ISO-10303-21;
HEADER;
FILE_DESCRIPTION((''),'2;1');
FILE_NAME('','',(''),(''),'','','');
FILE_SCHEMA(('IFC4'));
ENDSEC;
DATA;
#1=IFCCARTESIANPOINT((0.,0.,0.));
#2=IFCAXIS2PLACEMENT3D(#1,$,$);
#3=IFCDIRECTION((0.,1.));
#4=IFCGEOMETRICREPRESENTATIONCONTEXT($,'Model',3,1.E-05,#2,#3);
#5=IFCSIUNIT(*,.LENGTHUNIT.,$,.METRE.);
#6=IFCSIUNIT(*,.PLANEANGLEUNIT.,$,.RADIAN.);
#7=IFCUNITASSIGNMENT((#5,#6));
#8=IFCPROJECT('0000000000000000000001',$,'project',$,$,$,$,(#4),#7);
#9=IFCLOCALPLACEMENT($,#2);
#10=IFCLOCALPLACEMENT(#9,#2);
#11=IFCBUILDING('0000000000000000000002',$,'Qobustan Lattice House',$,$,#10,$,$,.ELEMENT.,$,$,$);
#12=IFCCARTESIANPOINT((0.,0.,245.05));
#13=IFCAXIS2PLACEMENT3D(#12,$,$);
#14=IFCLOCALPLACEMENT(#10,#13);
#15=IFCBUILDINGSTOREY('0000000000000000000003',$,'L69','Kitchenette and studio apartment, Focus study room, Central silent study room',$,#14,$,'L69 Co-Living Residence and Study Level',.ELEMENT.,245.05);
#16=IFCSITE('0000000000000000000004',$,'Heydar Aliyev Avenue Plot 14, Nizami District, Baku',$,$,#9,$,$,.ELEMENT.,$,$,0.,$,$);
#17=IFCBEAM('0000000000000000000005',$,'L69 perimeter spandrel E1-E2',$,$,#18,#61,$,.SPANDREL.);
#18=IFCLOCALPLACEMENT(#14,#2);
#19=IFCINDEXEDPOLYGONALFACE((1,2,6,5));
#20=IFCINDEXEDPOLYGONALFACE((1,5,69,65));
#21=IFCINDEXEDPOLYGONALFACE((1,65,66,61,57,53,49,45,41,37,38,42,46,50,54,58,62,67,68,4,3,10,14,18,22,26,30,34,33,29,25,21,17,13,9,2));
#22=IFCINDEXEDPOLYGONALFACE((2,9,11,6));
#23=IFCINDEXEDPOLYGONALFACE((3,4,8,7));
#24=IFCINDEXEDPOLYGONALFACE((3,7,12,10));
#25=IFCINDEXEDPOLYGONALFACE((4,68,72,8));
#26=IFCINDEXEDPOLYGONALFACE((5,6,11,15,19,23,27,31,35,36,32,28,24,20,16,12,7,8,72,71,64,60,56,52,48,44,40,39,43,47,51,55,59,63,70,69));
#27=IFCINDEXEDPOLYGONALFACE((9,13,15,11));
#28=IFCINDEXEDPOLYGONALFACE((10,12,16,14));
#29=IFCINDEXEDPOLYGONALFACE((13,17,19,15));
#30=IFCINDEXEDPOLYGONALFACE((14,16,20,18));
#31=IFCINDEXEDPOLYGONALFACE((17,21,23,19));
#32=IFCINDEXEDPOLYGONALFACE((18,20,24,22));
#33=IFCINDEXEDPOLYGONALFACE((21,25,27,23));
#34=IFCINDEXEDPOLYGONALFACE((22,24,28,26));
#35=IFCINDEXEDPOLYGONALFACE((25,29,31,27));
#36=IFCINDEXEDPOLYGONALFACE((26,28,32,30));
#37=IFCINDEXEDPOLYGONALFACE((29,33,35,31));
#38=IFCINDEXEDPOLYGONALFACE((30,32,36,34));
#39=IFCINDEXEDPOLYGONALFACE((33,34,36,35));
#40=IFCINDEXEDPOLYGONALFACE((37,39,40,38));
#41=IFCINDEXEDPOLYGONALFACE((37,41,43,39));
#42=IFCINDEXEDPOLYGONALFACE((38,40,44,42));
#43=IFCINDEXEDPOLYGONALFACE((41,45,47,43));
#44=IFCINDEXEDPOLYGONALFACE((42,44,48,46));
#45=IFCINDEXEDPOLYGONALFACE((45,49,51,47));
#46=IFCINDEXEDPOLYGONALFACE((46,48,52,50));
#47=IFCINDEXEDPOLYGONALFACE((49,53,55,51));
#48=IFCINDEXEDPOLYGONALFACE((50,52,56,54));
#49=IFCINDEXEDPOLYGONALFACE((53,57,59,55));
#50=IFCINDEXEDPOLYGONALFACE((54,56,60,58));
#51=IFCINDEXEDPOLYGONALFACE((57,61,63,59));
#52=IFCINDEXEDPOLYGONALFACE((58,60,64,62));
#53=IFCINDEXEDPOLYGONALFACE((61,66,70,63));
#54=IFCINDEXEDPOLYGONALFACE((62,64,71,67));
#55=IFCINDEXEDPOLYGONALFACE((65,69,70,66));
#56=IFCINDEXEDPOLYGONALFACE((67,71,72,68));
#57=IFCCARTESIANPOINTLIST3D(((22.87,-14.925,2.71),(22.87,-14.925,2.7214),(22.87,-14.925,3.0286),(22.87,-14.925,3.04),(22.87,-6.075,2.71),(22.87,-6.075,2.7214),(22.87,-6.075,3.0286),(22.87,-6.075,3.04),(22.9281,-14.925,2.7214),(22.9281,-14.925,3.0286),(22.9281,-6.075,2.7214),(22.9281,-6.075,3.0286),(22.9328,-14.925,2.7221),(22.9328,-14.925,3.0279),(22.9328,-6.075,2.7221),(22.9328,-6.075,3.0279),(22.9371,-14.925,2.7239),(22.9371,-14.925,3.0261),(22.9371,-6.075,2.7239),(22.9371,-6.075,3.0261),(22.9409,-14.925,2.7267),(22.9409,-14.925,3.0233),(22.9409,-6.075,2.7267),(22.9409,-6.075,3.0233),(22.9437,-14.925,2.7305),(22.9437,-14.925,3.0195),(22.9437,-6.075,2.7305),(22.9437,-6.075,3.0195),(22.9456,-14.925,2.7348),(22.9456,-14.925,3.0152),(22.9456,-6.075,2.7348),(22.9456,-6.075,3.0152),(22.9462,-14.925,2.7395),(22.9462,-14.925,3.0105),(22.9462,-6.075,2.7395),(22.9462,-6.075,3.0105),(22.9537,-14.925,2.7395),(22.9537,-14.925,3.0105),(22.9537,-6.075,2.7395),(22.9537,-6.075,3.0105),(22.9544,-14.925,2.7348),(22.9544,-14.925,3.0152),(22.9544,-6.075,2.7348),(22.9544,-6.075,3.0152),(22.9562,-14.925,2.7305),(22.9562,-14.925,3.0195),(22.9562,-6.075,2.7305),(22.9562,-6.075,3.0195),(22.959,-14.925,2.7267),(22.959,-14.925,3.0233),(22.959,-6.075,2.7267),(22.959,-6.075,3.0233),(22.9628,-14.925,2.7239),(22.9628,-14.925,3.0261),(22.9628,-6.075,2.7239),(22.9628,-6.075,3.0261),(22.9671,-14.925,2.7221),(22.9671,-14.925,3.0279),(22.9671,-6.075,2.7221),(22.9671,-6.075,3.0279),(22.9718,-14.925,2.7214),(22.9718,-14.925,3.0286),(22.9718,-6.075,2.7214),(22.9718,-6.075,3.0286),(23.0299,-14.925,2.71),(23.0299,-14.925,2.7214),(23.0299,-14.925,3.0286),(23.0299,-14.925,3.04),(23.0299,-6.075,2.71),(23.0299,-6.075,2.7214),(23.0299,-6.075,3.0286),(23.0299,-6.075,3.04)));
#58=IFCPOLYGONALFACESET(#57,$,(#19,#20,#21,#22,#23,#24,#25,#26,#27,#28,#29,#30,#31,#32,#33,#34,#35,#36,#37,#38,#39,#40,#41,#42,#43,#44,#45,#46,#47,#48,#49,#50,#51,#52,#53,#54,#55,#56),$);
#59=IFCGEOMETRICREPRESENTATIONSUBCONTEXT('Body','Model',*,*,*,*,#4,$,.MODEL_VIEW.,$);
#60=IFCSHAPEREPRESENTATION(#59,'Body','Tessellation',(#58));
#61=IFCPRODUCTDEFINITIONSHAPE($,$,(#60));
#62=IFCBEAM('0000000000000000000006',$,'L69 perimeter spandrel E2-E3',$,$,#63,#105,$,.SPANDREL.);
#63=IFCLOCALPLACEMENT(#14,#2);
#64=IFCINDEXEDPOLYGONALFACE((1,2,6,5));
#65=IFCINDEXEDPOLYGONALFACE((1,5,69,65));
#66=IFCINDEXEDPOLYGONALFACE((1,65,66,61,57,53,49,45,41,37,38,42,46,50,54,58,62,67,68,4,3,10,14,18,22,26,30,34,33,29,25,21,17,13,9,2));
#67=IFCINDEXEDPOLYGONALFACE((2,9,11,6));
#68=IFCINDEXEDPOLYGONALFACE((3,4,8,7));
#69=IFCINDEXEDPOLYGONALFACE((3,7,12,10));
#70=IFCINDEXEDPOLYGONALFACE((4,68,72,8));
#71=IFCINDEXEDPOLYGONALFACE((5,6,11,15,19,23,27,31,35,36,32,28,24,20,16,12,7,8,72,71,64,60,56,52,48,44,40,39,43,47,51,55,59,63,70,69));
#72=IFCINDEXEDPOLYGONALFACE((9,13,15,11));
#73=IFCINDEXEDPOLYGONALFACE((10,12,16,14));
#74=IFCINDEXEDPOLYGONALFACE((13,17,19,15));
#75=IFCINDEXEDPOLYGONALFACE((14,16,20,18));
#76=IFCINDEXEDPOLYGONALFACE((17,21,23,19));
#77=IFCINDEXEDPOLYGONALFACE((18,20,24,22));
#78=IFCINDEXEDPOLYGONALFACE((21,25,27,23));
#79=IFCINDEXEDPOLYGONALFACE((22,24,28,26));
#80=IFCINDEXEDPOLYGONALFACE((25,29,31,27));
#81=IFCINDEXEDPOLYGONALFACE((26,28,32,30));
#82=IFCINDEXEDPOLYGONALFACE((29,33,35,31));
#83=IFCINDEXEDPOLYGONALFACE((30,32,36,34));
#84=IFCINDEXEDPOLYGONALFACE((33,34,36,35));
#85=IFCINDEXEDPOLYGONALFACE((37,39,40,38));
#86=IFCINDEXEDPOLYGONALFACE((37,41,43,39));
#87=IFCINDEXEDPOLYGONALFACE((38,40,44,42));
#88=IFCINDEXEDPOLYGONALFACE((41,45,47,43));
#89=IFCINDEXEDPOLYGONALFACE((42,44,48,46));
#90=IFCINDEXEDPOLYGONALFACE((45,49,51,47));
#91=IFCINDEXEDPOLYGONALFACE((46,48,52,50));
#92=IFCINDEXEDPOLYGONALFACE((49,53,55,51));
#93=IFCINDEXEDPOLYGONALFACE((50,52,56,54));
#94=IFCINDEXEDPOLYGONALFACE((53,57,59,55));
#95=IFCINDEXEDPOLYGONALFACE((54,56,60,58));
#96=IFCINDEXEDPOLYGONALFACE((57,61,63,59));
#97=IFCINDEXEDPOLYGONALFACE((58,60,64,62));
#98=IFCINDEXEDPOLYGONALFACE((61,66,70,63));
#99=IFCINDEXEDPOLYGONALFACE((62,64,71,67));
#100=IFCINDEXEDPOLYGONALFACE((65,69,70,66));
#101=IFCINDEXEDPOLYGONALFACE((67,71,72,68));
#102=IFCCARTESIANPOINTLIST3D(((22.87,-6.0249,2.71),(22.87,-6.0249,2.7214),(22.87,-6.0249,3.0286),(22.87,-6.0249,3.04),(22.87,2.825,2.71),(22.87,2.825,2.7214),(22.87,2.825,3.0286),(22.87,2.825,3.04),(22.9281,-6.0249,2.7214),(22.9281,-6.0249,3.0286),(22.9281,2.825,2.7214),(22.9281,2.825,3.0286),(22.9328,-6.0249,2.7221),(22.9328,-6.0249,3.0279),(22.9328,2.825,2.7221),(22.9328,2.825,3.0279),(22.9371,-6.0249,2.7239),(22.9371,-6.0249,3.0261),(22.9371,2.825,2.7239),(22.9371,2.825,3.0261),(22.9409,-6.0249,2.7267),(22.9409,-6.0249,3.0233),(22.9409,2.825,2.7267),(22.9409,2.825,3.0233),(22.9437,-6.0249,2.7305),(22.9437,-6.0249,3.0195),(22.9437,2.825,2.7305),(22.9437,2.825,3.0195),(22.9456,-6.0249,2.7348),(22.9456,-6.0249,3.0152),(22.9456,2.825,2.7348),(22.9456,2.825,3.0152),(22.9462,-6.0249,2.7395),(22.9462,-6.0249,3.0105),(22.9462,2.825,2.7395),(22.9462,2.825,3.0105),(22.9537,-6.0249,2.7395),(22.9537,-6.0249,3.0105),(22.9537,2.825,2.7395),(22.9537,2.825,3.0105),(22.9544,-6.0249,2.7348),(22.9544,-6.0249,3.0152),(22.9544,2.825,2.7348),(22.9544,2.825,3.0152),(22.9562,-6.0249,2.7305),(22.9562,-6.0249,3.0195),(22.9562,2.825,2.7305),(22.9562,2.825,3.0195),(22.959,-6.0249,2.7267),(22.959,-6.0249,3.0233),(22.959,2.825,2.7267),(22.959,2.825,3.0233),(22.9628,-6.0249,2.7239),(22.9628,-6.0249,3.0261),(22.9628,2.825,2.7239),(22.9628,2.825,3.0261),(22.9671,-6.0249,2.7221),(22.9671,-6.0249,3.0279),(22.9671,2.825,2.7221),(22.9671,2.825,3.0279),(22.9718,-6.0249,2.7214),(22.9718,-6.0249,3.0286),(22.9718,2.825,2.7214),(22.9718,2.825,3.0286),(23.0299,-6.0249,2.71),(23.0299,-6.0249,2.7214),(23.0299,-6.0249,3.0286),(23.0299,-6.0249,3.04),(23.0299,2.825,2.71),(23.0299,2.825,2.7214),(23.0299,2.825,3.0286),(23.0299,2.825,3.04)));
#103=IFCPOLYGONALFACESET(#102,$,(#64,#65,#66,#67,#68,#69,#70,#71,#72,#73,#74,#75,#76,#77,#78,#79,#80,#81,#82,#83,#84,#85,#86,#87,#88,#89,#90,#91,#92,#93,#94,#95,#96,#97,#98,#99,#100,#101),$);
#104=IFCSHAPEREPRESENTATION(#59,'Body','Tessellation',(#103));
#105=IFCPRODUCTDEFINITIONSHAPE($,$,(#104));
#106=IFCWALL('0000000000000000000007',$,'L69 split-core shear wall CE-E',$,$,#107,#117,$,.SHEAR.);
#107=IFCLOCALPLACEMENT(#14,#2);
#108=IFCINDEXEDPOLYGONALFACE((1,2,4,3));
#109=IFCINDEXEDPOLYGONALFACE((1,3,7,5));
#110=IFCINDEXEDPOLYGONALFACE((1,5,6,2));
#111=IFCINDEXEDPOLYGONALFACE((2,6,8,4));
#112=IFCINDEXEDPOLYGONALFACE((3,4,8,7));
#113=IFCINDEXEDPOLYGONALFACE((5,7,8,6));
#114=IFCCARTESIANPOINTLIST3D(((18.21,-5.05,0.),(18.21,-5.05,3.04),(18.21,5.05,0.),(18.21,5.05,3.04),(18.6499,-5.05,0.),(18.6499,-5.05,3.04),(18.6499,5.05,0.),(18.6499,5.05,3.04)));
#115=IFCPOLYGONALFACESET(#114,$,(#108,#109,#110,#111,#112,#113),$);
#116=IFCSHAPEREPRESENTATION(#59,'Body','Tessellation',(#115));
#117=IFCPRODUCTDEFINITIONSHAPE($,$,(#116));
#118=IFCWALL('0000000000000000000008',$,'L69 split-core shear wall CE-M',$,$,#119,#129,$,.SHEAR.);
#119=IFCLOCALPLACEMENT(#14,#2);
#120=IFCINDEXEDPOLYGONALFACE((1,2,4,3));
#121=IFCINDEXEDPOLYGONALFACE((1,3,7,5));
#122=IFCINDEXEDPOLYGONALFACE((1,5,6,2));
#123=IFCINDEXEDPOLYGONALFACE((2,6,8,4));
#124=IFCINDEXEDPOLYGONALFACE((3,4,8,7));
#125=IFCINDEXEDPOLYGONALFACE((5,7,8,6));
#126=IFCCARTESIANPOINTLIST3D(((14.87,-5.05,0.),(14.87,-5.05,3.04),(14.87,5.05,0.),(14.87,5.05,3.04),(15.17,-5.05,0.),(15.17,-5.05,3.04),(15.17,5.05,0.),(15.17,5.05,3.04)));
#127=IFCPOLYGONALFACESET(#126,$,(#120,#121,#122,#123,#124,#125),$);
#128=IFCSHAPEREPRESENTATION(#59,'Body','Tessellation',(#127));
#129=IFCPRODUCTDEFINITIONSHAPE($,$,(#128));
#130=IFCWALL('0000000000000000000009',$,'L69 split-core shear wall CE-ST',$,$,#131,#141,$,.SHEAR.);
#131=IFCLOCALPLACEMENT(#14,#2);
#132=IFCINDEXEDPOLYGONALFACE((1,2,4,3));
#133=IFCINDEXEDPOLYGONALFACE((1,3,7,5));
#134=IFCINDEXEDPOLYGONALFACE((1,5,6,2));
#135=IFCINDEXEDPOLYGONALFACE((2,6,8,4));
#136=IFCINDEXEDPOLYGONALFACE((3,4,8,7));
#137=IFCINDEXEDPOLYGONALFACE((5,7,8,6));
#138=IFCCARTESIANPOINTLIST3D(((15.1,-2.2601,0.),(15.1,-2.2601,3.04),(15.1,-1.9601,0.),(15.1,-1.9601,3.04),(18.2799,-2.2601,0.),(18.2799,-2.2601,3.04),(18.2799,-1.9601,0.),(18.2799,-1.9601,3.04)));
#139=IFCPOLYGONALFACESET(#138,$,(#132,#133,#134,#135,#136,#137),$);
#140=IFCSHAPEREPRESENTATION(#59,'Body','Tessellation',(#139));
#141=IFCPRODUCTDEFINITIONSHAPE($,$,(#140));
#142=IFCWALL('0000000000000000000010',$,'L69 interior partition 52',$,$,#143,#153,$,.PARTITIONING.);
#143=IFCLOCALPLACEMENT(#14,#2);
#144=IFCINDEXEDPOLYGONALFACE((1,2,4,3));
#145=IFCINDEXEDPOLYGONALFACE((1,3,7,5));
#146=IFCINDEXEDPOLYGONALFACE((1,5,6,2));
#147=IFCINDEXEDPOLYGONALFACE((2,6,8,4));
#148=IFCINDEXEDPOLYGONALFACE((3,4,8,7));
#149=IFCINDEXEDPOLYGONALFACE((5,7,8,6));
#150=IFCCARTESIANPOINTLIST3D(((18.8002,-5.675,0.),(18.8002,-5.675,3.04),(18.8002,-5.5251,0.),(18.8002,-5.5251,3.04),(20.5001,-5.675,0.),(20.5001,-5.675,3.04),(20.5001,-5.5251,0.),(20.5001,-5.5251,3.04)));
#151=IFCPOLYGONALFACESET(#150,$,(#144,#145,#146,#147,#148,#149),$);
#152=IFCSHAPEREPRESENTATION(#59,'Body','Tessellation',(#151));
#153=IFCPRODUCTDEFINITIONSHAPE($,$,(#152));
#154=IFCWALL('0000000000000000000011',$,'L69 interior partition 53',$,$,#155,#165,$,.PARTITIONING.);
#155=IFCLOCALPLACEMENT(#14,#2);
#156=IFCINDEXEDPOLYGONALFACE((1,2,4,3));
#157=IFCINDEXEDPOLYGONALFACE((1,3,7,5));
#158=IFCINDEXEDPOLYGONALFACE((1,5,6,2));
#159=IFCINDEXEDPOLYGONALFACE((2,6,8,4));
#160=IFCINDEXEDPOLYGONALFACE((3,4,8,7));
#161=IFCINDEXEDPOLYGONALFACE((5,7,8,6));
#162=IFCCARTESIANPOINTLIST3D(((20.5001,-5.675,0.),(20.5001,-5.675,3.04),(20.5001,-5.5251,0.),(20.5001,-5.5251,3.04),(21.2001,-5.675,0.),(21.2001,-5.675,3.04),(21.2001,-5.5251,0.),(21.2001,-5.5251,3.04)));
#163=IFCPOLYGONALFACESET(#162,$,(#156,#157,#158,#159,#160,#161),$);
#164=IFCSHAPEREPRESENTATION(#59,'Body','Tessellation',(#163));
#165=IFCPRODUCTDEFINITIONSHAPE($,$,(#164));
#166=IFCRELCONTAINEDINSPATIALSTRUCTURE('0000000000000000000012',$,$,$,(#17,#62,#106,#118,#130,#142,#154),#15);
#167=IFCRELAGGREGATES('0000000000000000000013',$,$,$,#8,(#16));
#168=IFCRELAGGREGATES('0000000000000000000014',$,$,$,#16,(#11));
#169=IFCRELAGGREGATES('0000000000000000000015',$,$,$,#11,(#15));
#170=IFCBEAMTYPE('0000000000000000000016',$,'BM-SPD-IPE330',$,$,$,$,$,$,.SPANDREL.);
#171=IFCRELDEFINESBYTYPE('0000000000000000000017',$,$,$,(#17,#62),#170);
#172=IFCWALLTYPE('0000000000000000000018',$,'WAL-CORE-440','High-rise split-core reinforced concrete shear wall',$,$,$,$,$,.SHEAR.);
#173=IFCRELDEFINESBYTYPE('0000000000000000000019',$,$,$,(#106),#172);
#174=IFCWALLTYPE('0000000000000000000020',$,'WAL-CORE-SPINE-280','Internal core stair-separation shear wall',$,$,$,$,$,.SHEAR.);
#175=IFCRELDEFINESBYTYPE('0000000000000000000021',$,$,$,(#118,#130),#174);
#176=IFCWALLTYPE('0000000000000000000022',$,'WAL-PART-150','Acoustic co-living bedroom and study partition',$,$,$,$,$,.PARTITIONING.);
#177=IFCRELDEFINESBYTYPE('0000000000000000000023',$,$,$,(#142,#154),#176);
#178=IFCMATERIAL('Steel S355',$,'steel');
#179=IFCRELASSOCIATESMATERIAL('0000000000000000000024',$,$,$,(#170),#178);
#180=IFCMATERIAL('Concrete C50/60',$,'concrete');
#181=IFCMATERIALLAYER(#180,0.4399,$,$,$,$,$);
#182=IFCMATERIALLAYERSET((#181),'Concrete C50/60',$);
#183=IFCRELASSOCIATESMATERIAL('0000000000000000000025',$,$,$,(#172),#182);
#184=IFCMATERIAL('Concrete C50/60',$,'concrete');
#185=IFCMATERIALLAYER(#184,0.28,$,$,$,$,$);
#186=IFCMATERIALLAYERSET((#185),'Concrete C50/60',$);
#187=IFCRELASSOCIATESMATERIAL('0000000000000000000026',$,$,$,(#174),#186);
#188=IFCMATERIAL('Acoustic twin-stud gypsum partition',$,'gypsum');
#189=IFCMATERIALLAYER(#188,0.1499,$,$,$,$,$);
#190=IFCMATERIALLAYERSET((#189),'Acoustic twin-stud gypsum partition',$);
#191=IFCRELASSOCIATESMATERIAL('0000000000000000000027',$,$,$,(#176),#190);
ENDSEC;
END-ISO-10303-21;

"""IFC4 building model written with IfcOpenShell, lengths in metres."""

from ifc_helpers import new_model, si_unit, direction, frame, frame_2d, origin, origin_2d, place, context, subcontext, project, spatial, rectangle, i_section, extrude, material, layer, layer_set, material_profile, profile_set, type_object, element, save


model = new_model("IFC4")

# Units and contexts
model_context = context("Model", 3, precision=1e-05, world=origin(), true_north=direction((0.0, 1.0)))
body_context = subcontext(model_context, "Body", "Model", "MODEL_VIEW")
ifc_project = project(units=[si_unit("LENGTHUNIT", "METRE"), si_unit("PLANEANGLEUNIT", "RADIAN")], contexts=[model_context])

# Site, building, storey
site_placement = place(None, origin())
site = spatial("IfcSite", under=ifc_project, at=site_placement, Name="Heydar Aliyev Avenue Plot 14, Nizami District, Baku", CompositionType="ELEMENT", RefElevation=0.0)
building_placement = place(site_placement, origin())
building = spatial("IfcBuilding", under=site, at=building_placement, Name="Qobustan Lattice House", CompositionType="ELEMENT")
storey_placement = place(building_placement, frame((0.0, 0.0, 245.05)))
storey = spatial("IfcBuildingStorey", under=building, at=storey_placement, Name="L69", Description="Kitchenette and studio apartment, Focus study room, Central silent study room", LongName="L69 Co-Living Residence and Study Level", CompositionType="ELEMENT", Elevation=245.05)

# Beams
ifc_material_1 = material(Name="Steel S355", Category="steel")
ifc_material_profile_1 = material_profile(ifc_material_1, i_section(OverallWidth=0.1599, OverallDepth=0.3301, WebThickness=0.0076, FlangeThickness=0.0115, FilletRadius=0.0181, at=origin_2d()), Name="IPE330")
ifc_profile_set_1 = profile_set([ifc_material_profile_1], Name="Steel S355")
beam_type_1 = type_object("IfcBeamType", Name="BM-SPD-IPE330", PredefinedType="SPANDREL", material=ifc_profile_set_1)
beam_1_placement = place(storey_placement, frame((22.95, -14.925, 2.875), z_axis=(0.0, 1.0, 0.0), x_axis=(-1.0, 0.0, 0.0)))
element("IfcBeam", 1, at=beam_1_placement, inside=storey, type_object=beam_type_1, Name="L69 perimeter spandrel E1-E2", PredefinedType="SPANDREL", context=body_context, shape_type="SweptSolid", body=[
    extrude(i_section(OverallWidth=0.1599, OverallDepth=0.3301, WebThickness=0.0076, FlangeThickness=0.0115, FilletRadius=0.0181, at=origin_2d()), origin(), (0.0, 0.0, 1.0), 8.8501),
])
beam_2_placement = place(storey_placement, frame((22.95, -6.0249, 2.875), z_axis=(0.0, 1.0, 0.0), x_axis=(-1.0, 0.0, 0.0)))
element("IfcBeam", 2, at=beam_2_placement, inside=storey, type_object=beam_type_1, Name="L69 perimeter spandrel E2-E3", PredefinedType="SPANDREL", context=body_context, shape_type="SweptSolid", body=[
    extrude(i_section(OverallWidth=0.1599, OverallDepth=0.3301, WebThickness=0.0076, FlangeThickness=0.0115, FilletRadius=0.0181, at=origin_2d()), origin(), (0.0, 0.0, 1.0), 8.8499),
])

# Walls
ifc_material_2 = material(Name="Concrete C50/60", Category="concrete")
ifc_layer_1 = layer(ifc_material_2, 0.4399)
ifc_layer_set_1 = layer_set([ifc_layer_1], Name="Concrete C50/60")
wall_type_1 = type_object("IfcWallType", Name="WAL-CORE-440", Description="High-rise split-core reinforced concrete shear wall", PredefinedType="SHEAR", material=ifc_layer_set_1)
wall_1_placement = place(storey_placement, frame((18.4299, -5.05, 0.0), z_axis=(0.0, 0.0, 1.0), x_axis=(0.0, 1.0, 0.0)))
element("IfcWall", 3, at=wall_1_placement, inside=storey, type_object=wall_type_1, Name="L69 split-core shear wall CE-E", PredefinedType="SHEAR", context=body_context, shape_type="SweptSolid", body=[
    extrude(rectangle(XDim=10.1001, YDim=0.4399, at=frame_2d((5.05, 0.0))), origin(), (0.0, 0.0, 1.0), 3.04),
])
ifc_material_3 = material(Name="Concrete C50/60", Category="concrete")
ifc_layer_2 = layer(ifc_material_3, 0.28)
ifc_layer_set_2 = layer_set([ifc_layer_2], Name="Concrete C50/60")
wall_type_2 = type_object("IfcWallType", Name="WAL-CORE-SPINE-280", Description="Internal core stair-separation shear wall", PredefinedType="SHEAR", material=ifc_layer_set_2)
wall_2_placement = place(storey_placement, frame((15.02, -5.05, 0.0), z_axis=(0.0, 0.0, 1.0), x_axis=(0.0, 1.0, 0.0)))
element("IfcWall", 4, at=wall_2_placement, inside=storey, type_object=wall_type_2, Name="L69 split-core shear wall CE-M", PredefinedType="SHEAR", context=body_context, shape_type="SweptSolid", body=[
    extrude(rectangle(XDim=10.1001, YDim=0.3, at=frame_2d((5.05, 0.0))), origin(), (0.0, 0.0, 1.0), 3.04),
])
wall_3_placement = place(storey_placement, frame((15.1001, -2.1101, 0.0), z_axis=(0.0, 0.0, 1.0), x_axis=(1.0, 0.0, 0.0)))
element("IfcWall", 5, at=wall_3_placement, inside=storey, type_object=wall_type_2, Name="L69 split-core shear wall CE-ST", PredefinedType="SHEAR", context=body_context, shape_type="SweptSolid", body=[
    extrude(rectangle(XDim=3.1799, YDim=0.3, at=frame_2d((1.5898, 0.0))), origin(), (0.0, 0.0, 1.0), 3.04),
])
ifc_material_4 = material(Name="Acoustic twin-stud gypsum partition", Category="gypsum")
ifc_layer_3 = layer(ifc_material_4, 0.1499)
ifc_layer_set_3 = layer_set([ifc_layer_3], Name="Acoustic twin-stud gypsum partition")
wall_type_3 = type_object("IfcWallType", Name="WAL-PART-150", Description="Acoustic co-living bedroom and study partition", PredefinedType="PARTITIONING", material=ifc_layer_set_3)
wall_4_placement = place(storey_placement, frame((18.8, -5.6001, 0.0), z_axis=(0.0, 0.0, 1.0), x_axis=(1.0, 0.0, 0.0)))
element("IfcWall", 6, at=wall_4_placement, inside=storey, type_object=wall_type_3, Name="L69 interior partition 52", PredefinedType="PARTITIONING", context=body_context, shape_type="SweptSolid", body=[
    extrude(rectangle(XDim=1.7, YDim=0.1499, at=frame_2d((0.8501, 0.0))), origin(), (0.0, 0.0, 1.0), 3.04),
])
wall_5_placement = place(storey_placement, frame((20.5, -5.6001, 0.0), z_axis=(0.0, 0.0, 1.0), x_axis=(1.0, 0.0, 0.0)))
element("IfcWall", 7, at=wall_5_placement, inside=storey, type_object=wall_type_3, Name="L69 interior partition 53", PredefinedType="PARTITIONING", context=body_context, shape_type="SweptSolid", body=[
    extrude(rectangle(XDim=0.7, YDim=0.1499, at=frame_2d((0.3501, 0.0))), origin(), (0.0, 0.0, 1.0), 3.04),
])

save(model, "model.ifc")
